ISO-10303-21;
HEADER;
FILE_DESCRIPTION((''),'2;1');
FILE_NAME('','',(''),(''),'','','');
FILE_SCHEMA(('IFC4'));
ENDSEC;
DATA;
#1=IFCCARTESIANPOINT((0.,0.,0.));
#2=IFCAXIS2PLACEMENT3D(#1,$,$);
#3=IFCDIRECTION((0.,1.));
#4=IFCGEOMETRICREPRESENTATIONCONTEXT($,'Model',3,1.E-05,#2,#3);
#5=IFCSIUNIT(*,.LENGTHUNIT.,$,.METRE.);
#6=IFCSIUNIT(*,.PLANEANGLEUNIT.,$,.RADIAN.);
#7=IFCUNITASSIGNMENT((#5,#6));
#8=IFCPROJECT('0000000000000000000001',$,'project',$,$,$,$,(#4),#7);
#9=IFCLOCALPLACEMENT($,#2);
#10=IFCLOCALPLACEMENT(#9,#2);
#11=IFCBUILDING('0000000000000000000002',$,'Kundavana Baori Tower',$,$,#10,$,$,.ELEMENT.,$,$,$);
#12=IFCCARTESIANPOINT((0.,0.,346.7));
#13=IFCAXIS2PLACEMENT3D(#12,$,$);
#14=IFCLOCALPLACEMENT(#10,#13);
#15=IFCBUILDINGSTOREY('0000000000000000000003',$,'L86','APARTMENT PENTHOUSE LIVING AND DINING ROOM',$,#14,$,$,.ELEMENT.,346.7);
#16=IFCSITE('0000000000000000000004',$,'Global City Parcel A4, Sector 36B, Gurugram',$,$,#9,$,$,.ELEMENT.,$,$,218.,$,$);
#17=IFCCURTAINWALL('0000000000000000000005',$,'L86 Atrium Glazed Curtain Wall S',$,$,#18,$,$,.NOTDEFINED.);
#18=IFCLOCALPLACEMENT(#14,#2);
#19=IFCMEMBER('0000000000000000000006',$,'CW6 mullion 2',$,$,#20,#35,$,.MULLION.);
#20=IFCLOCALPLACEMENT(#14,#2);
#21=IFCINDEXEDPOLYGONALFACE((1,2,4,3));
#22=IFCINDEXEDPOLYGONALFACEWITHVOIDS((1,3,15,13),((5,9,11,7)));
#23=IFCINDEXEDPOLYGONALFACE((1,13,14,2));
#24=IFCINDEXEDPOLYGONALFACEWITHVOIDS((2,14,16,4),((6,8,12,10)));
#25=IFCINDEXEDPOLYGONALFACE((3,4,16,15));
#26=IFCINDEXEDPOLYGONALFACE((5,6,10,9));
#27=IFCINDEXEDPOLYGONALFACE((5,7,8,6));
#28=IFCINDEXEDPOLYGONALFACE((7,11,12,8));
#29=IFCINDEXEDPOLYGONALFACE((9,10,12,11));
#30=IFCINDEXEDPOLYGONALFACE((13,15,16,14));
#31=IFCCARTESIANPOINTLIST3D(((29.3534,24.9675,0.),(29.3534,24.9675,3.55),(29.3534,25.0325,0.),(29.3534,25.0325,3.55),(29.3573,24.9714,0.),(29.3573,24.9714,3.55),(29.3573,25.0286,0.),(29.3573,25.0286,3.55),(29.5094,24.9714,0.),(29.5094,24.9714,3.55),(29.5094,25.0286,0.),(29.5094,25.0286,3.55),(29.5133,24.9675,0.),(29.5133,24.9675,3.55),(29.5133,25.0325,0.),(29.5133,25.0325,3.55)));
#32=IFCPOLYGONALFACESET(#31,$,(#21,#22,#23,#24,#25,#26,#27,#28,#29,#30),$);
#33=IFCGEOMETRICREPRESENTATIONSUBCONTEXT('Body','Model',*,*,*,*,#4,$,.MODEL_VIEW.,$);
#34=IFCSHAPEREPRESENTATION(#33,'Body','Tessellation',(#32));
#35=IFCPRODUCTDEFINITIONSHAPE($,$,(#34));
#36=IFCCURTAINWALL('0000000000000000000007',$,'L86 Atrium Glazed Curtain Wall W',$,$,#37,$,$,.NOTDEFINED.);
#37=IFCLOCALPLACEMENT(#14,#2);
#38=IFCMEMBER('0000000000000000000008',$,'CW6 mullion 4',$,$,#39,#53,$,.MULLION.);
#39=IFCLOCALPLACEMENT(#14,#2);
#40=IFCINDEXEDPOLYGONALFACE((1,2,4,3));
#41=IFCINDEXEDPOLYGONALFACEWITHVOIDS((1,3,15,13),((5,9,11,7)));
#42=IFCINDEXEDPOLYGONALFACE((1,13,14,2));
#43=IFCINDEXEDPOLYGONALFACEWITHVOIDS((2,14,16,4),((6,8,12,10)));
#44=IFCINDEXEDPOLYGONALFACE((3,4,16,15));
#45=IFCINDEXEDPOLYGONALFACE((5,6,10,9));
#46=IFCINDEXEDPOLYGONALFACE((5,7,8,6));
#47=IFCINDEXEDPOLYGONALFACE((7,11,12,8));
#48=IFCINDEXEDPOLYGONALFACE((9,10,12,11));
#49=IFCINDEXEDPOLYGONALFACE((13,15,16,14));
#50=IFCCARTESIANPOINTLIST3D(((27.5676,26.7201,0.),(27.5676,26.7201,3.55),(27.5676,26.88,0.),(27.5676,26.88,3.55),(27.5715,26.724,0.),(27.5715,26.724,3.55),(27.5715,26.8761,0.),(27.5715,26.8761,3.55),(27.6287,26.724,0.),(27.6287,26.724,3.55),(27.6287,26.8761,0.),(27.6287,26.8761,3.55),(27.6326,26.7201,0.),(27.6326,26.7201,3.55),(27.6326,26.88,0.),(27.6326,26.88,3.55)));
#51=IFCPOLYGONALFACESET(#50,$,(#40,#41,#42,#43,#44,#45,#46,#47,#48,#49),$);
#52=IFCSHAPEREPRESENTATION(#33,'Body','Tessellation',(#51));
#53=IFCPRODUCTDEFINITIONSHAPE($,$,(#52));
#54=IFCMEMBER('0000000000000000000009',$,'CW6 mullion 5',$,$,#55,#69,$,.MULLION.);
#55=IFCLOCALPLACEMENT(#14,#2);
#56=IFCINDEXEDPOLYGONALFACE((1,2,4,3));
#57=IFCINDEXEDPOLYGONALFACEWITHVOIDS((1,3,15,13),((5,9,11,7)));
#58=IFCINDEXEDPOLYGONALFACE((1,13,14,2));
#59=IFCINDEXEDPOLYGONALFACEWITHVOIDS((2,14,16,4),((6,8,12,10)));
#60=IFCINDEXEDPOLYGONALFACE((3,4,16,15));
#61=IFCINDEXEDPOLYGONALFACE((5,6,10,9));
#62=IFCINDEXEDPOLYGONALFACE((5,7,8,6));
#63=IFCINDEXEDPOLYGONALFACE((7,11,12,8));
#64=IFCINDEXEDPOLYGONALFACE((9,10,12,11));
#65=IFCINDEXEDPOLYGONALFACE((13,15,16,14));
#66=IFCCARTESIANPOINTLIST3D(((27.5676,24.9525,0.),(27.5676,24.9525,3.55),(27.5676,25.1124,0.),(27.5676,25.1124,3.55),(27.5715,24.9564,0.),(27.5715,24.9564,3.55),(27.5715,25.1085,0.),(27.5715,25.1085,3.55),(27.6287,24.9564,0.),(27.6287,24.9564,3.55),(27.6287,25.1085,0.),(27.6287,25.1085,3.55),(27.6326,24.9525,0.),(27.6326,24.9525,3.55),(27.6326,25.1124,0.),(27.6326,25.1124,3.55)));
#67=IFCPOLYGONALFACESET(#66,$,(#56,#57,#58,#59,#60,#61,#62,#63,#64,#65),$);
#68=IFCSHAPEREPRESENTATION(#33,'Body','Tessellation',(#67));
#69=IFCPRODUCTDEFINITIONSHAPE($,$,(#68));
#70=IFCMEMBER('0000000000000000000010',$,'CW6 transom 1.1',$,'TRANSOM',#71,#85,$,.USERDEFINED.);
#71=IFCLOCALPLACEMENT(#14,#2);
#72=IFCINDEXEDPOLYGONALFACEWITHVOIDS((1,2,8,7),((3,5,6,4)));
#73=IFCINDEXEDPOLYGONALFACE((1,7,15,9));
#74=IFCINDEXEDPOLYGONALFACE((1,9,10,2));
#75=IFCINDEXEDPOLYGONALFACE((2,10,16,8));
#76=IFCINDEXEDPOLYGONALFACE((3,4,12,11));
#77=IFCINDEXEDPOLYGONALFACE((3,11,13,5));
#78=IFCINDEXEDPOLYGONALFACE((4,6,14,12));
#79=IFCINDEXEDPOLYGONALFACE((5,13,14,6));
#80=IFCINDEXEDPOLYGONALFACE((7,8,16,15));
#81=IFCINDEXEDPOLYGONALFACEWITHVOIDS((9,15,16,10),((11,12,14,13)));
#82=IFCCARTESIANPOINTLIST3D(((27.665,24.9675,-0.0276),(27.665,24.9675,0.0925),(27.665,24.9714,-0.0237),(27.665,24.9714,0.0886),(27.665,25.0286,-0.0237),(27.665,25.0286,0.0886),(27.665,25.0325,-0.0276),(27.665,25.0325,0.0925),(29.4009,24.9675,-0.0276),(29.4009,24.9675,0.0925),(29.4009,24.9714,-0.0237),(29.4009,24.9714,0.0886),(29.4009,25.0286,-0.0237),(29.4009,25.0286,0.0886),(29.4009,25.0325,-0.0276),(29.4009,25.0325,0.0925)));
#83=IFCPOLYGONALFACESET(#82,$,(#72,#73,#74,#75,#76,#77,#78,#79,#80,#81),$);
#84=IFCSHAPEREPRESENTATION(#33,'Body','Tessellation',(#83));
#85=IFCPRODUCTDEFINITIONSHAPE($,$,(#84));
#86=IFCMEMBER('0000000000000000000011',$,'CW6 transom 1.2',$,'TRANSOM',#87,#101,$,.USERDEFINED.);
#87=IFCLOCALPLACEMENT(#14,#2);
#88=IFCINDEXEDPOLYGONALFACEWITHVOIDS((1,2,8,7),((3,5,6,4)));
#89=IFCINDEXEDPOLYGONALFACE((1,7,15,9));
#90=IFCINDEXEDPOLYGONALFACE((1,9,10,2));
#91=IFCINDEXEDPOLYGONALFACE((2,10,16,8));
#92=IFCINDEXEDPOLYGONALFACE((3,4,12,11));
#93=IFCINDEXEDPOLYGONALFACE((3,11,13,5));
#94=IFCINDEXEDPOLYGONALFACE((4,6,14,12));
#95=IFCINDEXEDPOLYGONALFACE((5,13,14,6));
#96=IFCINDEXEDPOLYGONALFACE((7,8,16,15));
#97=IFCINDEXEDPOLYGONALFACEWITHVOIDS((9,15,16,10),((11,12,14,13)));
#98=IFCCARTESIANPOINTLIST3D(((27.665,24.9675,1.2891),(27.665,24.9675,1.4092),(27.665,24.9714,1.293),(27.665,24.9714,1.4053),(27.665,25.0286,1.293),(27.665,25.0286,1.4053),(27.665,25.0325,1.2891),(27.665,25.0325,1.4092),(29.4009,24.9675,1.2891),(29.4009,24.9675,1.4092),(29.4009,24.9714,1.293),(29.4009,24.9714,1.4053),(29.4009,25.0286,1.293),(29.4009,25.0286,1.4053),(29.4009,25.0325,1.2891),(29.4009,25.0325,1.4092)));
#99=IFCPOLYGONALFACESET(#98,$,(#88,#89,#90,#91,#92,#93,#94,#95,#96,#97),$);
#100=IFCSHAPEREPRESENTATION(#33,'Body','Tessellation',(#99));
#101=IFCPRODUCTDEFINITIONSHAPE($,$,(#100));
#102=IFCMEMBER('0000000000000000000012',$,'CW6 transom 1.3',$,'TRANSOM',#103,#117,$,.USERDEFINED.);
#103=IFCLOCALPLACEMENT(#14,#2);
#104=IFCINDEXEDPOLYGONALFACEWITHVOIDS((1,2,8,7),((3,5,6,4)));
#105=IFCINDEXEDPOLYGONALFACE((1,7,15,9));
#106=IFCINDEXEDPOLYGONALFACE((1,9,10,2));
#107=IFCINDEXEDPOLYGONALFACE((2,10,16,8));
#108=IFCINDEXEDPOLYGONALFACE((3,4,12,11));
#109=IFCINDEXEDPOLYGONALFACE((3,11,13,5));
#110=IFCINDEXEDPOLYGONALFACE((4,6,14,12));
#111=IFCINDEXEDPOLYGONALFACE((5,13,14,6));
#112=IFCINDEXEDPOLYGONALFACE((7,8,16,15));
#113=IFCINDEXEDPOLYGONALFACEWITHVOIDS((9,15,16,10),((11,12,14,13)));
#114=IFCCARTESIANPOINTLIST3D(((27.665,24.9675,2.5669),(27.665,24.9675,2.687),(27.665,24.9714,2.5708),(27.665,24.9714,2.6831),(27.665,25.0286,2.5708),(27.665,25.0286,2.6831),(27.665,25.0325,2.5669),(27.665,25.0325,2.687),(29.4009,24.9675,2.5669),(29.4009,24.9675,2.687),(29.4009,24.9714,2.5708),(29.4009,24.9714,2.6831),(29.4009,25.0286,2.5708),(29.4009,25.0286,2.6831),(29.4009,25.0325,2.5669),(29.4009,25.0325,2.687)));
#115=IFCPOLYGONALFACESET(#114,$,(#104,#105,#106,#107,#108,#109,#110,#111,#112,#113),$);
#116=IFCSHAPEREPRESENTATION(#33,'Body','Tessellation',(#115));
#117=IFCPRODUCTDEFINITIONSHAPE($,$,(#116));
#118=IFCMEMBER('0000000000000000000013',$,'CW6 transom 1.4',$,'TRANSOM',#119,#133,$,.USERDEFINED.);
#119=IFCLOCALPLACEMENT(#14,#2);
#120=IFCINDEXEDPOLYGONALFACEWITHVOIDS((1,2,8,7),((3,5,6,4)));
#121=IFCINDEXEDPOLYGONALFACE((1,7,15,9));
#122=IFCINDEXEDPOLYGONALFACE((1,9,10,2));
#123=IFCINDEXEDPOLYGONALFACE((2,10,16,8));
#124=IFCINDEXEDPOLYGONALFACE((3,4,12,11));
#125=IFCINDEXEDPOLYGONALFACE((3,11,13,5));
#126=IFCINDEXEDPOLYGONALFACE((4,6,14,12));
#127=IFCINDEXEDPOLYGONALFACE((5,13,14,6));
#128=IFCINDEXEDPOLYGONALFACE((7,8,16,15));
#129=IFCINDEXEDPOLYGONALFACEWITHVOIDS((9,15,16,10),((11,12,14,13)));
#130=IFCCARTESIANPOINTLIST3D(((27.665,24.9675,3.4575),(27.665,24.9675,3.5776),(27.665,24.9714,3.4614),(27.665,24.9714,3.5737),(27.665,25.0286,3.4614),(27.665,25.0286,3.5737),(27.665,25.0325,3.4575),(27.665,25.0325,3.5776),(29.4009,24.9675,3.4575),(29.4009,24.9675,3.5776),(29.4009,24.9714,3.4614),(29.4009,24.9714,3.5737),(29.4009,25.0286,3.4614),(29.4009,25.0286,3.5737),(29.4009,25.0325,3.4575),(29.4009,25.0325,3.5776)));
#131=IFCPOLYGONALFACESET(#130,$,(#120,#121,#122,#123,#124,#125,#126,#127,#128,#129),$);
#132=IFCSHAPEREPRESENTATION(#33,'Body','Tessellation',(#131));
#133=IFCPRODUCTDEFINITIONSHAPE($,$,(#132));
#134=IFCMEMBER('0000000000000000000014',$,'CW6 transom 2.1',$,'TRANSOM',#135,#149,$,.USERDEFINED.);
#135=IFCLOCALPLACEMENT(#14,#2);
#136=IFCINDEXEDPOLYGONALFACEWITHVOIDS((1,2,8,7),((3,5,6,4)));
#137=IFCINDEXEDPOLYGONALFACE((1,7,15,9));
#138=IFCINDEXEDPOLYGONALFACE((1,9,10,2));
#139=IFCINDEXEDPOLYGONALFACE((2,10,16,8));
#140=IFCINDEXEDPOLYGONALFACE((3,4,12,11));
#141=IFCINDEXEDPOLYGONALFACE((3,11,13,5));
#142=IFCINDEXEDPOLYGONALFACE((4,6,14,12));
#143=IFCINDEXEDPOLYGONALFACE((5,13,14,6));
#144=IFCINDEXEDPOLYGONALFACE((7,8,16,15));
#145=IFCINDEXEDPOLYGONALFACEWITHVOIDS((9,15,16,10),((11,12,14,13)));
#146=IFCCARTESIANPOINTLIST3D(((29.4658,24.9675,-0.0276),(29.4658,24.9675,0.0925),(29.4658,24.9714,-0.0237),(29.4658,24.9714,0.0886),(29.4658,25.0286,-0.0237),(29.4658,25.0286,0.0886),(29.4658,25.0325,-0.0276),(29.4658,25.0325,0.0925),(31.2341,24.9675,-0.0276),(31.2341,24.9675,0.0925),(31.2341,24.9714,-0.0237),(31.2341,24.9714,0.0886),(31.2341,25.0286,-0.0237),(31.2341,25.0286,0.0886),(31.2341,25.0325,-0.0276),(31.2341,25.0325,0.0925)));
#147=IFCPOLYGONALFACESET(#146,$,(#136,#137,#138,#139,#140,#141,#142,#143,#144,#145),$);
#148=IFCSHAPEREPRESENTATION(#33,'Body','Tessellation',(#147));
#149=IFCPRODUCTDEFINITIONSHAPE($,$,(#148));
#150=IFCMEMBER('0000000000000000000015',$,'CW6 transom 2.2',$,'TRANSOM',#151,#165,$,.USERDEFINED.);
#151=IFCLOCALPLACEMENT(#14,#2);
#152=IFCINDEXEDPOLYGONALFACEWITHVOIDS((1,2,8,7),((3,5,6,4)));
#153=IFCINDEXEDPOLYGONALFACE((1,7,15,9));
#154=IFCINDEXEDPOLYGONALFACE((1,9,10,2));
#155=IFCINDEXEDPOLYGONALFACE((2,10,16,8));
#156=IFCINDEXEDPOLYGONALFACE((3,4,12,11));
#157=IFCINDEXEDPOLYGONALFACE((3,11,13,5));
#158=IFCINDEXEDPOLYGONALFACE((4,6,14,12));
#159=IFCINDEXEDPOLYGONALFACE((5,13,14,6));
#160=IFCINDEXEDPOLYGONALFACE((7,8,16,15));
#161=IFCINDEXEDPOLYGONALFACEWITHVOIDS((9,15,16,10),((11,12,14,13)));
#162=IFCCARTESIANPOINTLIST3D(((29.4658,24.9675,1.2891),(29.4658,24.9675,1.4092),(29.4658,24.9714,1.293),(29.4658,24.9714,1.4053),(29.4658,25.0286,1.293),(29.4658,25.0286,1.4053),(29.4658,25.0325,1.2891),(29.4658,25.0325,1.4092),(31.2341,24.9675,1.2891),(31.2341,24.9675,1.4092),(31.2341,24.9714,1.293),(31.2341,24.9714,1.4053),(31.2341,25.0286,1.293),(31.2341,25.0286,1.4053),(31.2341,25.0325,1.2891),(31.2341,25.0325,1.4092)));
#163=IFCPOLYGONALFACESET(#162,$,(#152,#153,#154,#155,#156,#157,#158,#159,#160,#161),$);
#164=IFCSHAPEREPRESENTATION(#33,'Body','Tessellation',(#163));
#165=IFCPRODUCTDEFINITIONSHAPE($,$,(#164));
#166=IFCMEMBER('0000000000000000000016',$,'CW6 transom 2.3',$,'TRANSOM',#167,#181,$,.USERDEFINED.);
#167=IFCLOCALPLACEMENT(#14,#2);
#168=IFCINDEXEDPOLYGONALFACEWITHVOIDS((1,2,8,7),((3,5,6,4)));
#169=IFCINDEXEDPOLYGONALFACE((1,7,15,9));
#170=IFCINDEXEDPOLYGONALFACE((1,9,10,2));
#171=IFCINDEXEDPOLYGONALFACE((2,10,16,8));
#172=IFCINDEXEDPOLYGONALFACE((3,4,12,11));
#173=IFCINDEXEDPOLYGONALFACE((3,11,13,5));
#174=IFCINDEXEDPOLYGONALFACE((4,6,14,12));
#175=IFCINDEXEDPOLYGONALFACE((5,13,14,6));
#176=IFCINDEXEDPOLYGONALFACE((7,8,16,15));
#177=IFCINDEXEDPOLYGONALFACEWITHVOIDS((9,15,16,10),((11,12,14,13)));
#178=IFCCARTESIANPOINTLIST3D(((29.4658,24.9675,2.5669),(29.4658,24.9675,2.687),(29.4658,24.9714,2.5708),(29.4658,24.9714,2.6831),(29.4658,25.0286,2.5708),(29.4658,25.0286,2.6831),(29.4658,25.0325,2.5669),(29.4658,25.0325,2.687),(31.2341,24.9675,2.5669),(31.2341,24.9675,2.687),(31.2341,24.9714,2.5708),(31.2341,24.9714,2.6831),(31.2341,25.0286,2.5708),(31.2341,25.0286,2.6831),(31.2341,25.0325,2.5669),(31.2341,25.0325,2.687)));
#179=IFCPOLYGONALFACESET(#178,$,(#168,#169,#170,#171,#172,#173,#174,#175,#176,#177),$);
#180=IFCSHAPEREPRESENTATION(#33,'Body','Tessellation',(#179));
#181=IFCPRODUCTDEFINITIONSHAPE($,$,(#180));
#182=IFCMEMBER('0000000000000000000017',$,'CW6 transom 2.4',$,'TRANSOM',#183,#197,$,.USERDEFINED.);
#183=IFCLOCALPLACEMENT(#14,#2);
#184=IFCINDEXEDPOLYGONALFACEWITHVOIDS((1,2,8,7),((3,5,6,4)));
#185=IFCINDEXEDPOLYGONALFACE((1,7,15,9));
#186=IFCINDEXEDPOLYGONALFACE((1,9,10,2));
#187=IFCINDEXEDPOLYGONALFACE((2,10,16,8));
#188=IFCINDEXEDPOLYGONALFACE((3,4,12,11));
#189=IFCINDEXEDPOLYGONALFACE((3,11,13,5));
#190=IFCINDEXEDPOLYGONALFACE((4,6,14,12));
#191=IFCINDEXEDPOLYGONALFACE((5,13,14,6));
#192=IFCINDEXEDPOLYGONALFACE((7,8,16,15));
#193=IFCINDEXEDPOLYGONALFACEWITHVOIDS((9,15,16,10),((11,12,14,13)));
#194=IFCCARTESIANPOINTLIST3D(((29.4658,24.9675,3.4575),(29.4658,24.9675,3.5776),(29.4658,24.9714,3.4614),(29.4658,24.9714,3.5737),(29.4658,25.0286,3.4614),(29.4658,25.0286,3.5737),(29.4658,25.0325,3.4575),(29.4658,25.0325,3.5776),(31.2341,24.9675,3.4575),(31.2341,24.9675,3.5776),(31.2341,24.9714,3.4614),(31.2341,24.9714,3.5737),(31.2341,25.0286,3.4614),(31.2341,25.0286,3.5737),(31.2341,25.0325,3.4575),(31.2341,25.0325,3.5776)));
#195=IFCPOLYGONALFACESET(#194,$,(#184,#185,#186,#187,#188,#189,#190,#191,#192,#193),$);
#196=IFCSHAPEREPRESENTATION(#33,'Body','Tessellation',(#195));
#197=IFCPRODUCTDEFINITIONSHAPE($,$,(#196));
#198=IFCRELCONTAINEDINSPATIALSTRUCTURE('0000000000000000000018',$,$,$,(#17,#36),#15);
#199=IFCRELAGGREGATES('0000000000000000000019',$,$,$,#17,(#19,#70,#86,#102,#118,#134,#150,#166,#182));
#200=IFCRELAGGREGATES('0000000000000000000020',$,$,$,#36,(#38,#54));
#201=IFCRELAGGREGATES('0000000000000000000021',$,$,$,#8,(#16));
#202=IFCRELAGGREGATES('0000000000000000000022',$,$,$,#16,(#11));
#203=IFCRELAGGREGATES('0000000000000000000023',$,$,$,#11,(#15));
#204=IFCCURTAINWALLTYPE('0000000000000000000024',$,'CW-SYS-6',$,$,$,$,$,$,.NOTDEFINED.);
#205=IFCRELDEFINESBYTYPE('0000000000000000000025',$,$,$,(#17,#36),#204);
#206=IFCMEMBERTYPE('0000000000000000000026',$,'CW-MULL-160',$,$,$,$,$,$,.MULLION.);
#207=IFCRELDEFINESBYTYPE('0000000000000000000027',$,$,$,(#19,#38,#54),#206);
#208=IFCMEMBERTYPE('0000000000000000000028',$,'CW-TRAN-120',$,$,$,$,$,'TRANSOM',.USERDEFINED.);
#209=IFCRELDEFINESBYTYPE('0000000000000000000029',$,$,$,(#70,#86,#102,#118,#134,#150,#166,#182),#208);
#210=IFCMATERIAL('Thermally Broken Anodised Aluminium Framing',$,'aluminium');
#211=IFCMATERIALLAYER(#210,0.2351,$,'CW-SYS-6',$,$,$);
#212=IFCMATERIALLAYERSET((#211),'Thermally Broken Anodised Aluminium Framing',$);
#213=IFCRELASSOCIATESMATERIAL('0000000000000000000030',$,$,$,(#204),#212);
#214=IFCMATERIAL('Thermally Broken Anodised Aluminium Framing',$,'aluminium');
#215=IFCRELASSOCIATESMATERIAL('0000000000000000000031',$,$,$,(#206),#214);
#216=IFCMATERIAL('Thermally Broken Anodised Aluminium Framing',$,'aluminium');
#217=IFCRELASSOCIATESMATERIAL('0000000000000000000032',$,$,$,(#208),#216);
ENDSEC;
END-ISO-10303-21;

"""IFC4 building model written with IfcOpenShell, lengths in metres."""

from ifc_helpers import new_model, si_unit, direction, frame, origin, origin_2d, place, context, subcontext, project, spatial, hollow_rectangle, extrude, material, layer, layer_set, material_profile, profile_set, type_object, element, aggregate, save


model = new_model("IFC4")

# Units and contexts
model_context = context("Model", 3, precision=1e-05, world=origin(), true_north=direction((0.0, 1.0)))
body_context = subcontext(model_context, "Body", "Model", "MODEL_VIEW")
ifc_project = project(units=[si_unit("LENGTHUNIT", "METRE"), si_unit("PLANEANGLEUNIT", "RADIAN")], contexts=[model_context])

# Site, building, storey
site_placement = place(None, origin())
site = spatial("IfcSite", under=ifc_project, at=site_placement, Name="Global City Parcel A4, Sector 36B, Gurugram", CompositionType="ELEMENT", RefElevation=218.0)
building_placement = place(site_placement, origin())
building = spatial("IfcBuilding", under=site, at=building_placement, Name="Kundavana Baori Tower", CompositionType="ELEMENT")
storey_placement = place(building_placement, frame((0.0, 0.0, 346.7)))
storey = spatial("IfcBuildingStorey", under=building, at=storey_placement, Name="L86", Description="APARTMENT PENTHOUSE LIVING AND DINING ROOM", CompositionType="ELEMENT", Elevation=346.7)

# Curtain wall, member
ifc_material_1 = material(Name="Thermally Broken Anodised Aluminium Framing", Category="aluminium")
ifc_layer_1 = layer(ifc_material_1, 0.2351, Name="CW-SYS-6")
ifc_layer_set_1 = layer_set([ifc_layer_1], Name="Thermally Broken Anodised Aluminium Framing")
curtain_wall_type = type_object("IfcCurtainWallType", Name="CW-SYS-6", PredefinedType="NOTDEFINED", material=ifc_layer_set_1)
curtain_wall_1_placement = place(storey_placement, origin())
curtain_wall_1 = element("IfcCurtainWall", 1, at=curtain_wall_1_placement, inside=storey, type_object=curtain_wall_type, Name="L86 Atrium Glazed Curtain Wall S", PredefinedType="NOTDEFINED")
ifc_material_2 = material(Name="Thermally Broken Anodised Aluminium Framing", Category="aluminium")
ifc_material_profile_1 = material_profile(ifc_material_2, hollow_rectangle(XDim=0.0649, YDim=0.1599, WallThickness=0.0039, at=origin_2d()), Name="CW-MULL-160")
ifc_profile_set_1 = profile_set([ifc_material_profile_1], Name="Thermally Broken Anodised Aluminium Framing")
member_type_1 = type_object("IfcMemberType", Name="CW-MULL-160", PredefinedType="MULLION", material=ifc_profile_set_1)
member_1_placement = place(storey_placement, frame((29.4333, 25.0, 0.0), z_axis=(0.0, 0.0, 1.0), x_axis=(0.0, 1.0, 0.0)))
member_1 = element("IfcMember", 2, at=member_1_placement, type_object=member_type_1, Name="CW6 mullion 2", PredefinedType="MULLION", context=body_context, shape_type="SweptSolid", body=[
    extrude(hollow_rectangle(XDim=0.0649, YDim=0.1599, WallThickness=0.0039, at=origin_2d()), origin(), (0.0, 0.0, 1.0), 3.55),
])

# Curtain wall, members
curtain_wall_2_placement = place(storey_placement, origin())
curtain_wall_2 = element("IfcCurtainWall", 3, at=curtain_wall_2_placement, inside=storey, type_object=curtain_wall_type, Name="L86 Atrium Glazed Curtain Wall W", PredefinedType="NOTDEFINED")
member_2_placement = place(storey_placement, frame((27.6001, 26.8, 0.0), z_axis=(0.0, 0.0, 1.0), x_axis=(1.0, 0.0, 0.0)))
member_2 = element("IfcMember", 4, at=member_2_placement, type_object=member_type_1, Name="CW6 mullion 4", PredefinedType="MULLION", context=body_context, shape_type="SweptSolid", body=[
    extrude(hollow_rectangle(XDim=0.0649, YDim=0.1599, WallThickness=0.0039, at=origin_2d()), origin(), (0.0, 0.0, 1.0), 3.55),
])
member_3_placement = place(storey_placement, frame((27.6001, 25.0325, 0.0), z_axis=(0.0, 0.0, 1.0), x_axis=(1.0, 0.0, 0.0)))
member_3 = element("IfcMember", 5, at=member_3_placement, type_object=member_type_1, Name="CW6 mullion 5", PredefinedType="MULLION", context=body_context, shape_type="SweptSolid", body=[
    extrude(hollow_rectangle(XDim=0.0649, YDim=0.1599, WallThickness=0.0039, at=origin_2d()), origin(), (0.0, 0.0, 1.0), 3.55),
])

# Members
ifc_material_3 = material(Name="Thermally Broken Anodised Aluminium Framing", Category="aluminium")
ifc_material_profile_2 = material_profile(ifc_material_3, hollow_rectangle(XDim=0.0649, YDim=0.1201, WallThickness=0.0039, at=origin_2d()), Name="CW-TRAN-120")
ifc_profile_set_2 = profile_set([ifc_material_profile_2], Name="Thermally Broken Anodised Aluminium Framing")
member_type_2 = type_object("IfcMemberType", Name="CW-TRAN-120", ElementType="TRANSOM", PredefinedType="USERDEFINED", material=ifc_profile_set_2)
member_4_placement = place(storey_placement, frame((27.665, 25.0, 0.0325), z_axis=(1.0, 0.0, 0.0), x_axis=(0.0, 1.0, 0.0)))
member_4 = element("IfcMember", 6, at=member_4_placement, type_object=member_type_2, Name="CW6 transom 1.1", ObjectType="TRANSOM", PredefinedType="USERDEFINED", context=body_context, shape_type="SweptSolid", body=[
    extrude(hollow_rectangle(XDim=0.0649, YDim=0.1201, WallThickness=0.0039, at=origin_2d()), origin(), (0.0, 0.0, 1.0), 1.7358),
])
member_5_placement = place(storey_placement, frame((27.665, 25.0, 1.3491), z_axis=(1.0, 0.0, 0.0), x_axis=(0.0, 1.0, 0.0)))
member_5 = element("IfcMember", 7, at=member_5_placement, type_object=member_type_2, Name="CW6 transom 1.2", ObjectType="TRANSOM", PredefinedType="USERDEFINED", context=body_context, shape_type="SweptSolid", body=[
    extrude(hollow_rectangle(XDim=0.0649, YDim=0.1201, WallThickness=0.0039, at=origin_2d()), origin(), (0.0, 0.0, 1.0), 1.7358),
])
member_6_placement = place(storey_placement, frame((27.665, 25.0, 2.627), z_axis=(1.0, 0.0, 0.0), x_axis=(0.0, 1.0, 0.0)))
member_6 = element("IfcMember", 8, at=member_6_placement, type_object=member_type_2, Name="CW6 transom 1.3", ObjectType="TRANSOM", PredefinedType="USERDEFINED", context=body_context, shape_type="SweptSolid", body=[
    extrude(hollow_rectangle(XDim=0.0649, YDim=0.1201, WallThickness=0.0039, at=origin_2d()), origin(), (0.0, 0.0, 1.0), 1.7358),
])
member_7_placement = place(storey_placement, frame((27.665, 25.0, 3.5176), z_axis=(1.0, 0.0, 0.0), x_axis=(0.0, 1.0, 0.0)))
member_7 = element("IfcMember", 9, at=member_7_placement, type_object=member_type_2, Name="CW6 transom 1.4", ObjectType="TRANSOM", PredefinedType="USERDEFINED", context=body_context, shape_type="SweptSolid", body=[
    extrude(hollow_rectangle(XDim=0.0649, YDim=0.1201, WallThickness=0.0039, at=origin_2d()), origin(), (0.0, 0.0, 1.0), 1.7358),
])
member_8_placement = place(storey_placement, frame((29.4658, 25.0, 0.0325), z_axis=(1.0, 0.0, 0.0), x_axis=(0.0, 1.0, 0.0)))
member_8 = element("IfcMember", 10, at=member_8_placement, type_object=member_type_2, Name="CW6 transom 2.1", ObjectType="TRANSOM", PredefinedType="USERDEFINED", context=body_context, shape_type="SweptSolid", body=[
    extrude(hollow_rectangle(XDim=0.0649, YDim=0.1201, WallThickness=0.0039, at=origin_2d()), origin(), (0.0, 0.0, 1.0), 1.7683),
])
member_9_placement = place(storey_placement, frame((29.4658, 25.0, 1.3491), z_axis=(1.0, 0.0, 0.0), x_axis=(0.0, 1.0, 0.0)))
member_9 = element("IfcMember", 11, at=member_9_placement, type_object=member_type_2, Name="CW6 transom 2.2", ObjectType="TRANSOM", PredefinedType="USERDEFINED", context=body_context, shape_type="SweptSolid", body=[
    extrude(hollow_rectangle(XDim=0.0649, YDim=0.1201, WallThickness=0.0039, at=origin_2d()), origin(), (0.0, 0.0, 1.0), 1.7683),
])
member_10_placement = place(storey_placement, frame((29.4658, 25.0, 2.627), z_axis=(1.0, 0.0, 0.0), x_axis=(0.0, 1.0, 0.0)))
member_10 = element("IfcMember", 12, at=member_10_placement, type_object=member_type_2, Name="CW6 transom 2.3", ObjectType="TRANSOM", PredefinedType="USERDEFINED", context=body_context, shape_type="SweptSolid", body=[
    extrude(hollow_rectangle(XDim=0.0649, YDim=0.1201, WallThickness=0.0039, at=origin_2d()), origin(), (0.0, 0.0, 1.0), 1.7683),
])
member_11_placement = place(storey_placement, frame((29.4658, 25.0, 3.5176), z_axis=(1.0, 0.0, 0.0), x_axis=(0.0, 1.0, 0.0)))
member_11 = element("IfcMember", 13, at=member_11_placement, type_object=member_type_2, Name="CW6 transom 2.4", ObjectType="TRANSOM", PredefinedType="USERDEFINED", context=body_context, shape_type="SweptSolid", body=[
    extrude(hollow_rectangle(XDim=0.0649, YDim=0.1201, WallThickness=0.0039, at=origin_2d()), origin(), (0.0, 0.0, 1.0), 1.7683),
])

aggregate(curtain_wall_1, [member_1, member_4, member_5, member_6, member_7, member_8, member_9, member_10, member_11])
aggregate(curtain_wall_2, [member_2, member_3])

save(model, "model.ifc")
